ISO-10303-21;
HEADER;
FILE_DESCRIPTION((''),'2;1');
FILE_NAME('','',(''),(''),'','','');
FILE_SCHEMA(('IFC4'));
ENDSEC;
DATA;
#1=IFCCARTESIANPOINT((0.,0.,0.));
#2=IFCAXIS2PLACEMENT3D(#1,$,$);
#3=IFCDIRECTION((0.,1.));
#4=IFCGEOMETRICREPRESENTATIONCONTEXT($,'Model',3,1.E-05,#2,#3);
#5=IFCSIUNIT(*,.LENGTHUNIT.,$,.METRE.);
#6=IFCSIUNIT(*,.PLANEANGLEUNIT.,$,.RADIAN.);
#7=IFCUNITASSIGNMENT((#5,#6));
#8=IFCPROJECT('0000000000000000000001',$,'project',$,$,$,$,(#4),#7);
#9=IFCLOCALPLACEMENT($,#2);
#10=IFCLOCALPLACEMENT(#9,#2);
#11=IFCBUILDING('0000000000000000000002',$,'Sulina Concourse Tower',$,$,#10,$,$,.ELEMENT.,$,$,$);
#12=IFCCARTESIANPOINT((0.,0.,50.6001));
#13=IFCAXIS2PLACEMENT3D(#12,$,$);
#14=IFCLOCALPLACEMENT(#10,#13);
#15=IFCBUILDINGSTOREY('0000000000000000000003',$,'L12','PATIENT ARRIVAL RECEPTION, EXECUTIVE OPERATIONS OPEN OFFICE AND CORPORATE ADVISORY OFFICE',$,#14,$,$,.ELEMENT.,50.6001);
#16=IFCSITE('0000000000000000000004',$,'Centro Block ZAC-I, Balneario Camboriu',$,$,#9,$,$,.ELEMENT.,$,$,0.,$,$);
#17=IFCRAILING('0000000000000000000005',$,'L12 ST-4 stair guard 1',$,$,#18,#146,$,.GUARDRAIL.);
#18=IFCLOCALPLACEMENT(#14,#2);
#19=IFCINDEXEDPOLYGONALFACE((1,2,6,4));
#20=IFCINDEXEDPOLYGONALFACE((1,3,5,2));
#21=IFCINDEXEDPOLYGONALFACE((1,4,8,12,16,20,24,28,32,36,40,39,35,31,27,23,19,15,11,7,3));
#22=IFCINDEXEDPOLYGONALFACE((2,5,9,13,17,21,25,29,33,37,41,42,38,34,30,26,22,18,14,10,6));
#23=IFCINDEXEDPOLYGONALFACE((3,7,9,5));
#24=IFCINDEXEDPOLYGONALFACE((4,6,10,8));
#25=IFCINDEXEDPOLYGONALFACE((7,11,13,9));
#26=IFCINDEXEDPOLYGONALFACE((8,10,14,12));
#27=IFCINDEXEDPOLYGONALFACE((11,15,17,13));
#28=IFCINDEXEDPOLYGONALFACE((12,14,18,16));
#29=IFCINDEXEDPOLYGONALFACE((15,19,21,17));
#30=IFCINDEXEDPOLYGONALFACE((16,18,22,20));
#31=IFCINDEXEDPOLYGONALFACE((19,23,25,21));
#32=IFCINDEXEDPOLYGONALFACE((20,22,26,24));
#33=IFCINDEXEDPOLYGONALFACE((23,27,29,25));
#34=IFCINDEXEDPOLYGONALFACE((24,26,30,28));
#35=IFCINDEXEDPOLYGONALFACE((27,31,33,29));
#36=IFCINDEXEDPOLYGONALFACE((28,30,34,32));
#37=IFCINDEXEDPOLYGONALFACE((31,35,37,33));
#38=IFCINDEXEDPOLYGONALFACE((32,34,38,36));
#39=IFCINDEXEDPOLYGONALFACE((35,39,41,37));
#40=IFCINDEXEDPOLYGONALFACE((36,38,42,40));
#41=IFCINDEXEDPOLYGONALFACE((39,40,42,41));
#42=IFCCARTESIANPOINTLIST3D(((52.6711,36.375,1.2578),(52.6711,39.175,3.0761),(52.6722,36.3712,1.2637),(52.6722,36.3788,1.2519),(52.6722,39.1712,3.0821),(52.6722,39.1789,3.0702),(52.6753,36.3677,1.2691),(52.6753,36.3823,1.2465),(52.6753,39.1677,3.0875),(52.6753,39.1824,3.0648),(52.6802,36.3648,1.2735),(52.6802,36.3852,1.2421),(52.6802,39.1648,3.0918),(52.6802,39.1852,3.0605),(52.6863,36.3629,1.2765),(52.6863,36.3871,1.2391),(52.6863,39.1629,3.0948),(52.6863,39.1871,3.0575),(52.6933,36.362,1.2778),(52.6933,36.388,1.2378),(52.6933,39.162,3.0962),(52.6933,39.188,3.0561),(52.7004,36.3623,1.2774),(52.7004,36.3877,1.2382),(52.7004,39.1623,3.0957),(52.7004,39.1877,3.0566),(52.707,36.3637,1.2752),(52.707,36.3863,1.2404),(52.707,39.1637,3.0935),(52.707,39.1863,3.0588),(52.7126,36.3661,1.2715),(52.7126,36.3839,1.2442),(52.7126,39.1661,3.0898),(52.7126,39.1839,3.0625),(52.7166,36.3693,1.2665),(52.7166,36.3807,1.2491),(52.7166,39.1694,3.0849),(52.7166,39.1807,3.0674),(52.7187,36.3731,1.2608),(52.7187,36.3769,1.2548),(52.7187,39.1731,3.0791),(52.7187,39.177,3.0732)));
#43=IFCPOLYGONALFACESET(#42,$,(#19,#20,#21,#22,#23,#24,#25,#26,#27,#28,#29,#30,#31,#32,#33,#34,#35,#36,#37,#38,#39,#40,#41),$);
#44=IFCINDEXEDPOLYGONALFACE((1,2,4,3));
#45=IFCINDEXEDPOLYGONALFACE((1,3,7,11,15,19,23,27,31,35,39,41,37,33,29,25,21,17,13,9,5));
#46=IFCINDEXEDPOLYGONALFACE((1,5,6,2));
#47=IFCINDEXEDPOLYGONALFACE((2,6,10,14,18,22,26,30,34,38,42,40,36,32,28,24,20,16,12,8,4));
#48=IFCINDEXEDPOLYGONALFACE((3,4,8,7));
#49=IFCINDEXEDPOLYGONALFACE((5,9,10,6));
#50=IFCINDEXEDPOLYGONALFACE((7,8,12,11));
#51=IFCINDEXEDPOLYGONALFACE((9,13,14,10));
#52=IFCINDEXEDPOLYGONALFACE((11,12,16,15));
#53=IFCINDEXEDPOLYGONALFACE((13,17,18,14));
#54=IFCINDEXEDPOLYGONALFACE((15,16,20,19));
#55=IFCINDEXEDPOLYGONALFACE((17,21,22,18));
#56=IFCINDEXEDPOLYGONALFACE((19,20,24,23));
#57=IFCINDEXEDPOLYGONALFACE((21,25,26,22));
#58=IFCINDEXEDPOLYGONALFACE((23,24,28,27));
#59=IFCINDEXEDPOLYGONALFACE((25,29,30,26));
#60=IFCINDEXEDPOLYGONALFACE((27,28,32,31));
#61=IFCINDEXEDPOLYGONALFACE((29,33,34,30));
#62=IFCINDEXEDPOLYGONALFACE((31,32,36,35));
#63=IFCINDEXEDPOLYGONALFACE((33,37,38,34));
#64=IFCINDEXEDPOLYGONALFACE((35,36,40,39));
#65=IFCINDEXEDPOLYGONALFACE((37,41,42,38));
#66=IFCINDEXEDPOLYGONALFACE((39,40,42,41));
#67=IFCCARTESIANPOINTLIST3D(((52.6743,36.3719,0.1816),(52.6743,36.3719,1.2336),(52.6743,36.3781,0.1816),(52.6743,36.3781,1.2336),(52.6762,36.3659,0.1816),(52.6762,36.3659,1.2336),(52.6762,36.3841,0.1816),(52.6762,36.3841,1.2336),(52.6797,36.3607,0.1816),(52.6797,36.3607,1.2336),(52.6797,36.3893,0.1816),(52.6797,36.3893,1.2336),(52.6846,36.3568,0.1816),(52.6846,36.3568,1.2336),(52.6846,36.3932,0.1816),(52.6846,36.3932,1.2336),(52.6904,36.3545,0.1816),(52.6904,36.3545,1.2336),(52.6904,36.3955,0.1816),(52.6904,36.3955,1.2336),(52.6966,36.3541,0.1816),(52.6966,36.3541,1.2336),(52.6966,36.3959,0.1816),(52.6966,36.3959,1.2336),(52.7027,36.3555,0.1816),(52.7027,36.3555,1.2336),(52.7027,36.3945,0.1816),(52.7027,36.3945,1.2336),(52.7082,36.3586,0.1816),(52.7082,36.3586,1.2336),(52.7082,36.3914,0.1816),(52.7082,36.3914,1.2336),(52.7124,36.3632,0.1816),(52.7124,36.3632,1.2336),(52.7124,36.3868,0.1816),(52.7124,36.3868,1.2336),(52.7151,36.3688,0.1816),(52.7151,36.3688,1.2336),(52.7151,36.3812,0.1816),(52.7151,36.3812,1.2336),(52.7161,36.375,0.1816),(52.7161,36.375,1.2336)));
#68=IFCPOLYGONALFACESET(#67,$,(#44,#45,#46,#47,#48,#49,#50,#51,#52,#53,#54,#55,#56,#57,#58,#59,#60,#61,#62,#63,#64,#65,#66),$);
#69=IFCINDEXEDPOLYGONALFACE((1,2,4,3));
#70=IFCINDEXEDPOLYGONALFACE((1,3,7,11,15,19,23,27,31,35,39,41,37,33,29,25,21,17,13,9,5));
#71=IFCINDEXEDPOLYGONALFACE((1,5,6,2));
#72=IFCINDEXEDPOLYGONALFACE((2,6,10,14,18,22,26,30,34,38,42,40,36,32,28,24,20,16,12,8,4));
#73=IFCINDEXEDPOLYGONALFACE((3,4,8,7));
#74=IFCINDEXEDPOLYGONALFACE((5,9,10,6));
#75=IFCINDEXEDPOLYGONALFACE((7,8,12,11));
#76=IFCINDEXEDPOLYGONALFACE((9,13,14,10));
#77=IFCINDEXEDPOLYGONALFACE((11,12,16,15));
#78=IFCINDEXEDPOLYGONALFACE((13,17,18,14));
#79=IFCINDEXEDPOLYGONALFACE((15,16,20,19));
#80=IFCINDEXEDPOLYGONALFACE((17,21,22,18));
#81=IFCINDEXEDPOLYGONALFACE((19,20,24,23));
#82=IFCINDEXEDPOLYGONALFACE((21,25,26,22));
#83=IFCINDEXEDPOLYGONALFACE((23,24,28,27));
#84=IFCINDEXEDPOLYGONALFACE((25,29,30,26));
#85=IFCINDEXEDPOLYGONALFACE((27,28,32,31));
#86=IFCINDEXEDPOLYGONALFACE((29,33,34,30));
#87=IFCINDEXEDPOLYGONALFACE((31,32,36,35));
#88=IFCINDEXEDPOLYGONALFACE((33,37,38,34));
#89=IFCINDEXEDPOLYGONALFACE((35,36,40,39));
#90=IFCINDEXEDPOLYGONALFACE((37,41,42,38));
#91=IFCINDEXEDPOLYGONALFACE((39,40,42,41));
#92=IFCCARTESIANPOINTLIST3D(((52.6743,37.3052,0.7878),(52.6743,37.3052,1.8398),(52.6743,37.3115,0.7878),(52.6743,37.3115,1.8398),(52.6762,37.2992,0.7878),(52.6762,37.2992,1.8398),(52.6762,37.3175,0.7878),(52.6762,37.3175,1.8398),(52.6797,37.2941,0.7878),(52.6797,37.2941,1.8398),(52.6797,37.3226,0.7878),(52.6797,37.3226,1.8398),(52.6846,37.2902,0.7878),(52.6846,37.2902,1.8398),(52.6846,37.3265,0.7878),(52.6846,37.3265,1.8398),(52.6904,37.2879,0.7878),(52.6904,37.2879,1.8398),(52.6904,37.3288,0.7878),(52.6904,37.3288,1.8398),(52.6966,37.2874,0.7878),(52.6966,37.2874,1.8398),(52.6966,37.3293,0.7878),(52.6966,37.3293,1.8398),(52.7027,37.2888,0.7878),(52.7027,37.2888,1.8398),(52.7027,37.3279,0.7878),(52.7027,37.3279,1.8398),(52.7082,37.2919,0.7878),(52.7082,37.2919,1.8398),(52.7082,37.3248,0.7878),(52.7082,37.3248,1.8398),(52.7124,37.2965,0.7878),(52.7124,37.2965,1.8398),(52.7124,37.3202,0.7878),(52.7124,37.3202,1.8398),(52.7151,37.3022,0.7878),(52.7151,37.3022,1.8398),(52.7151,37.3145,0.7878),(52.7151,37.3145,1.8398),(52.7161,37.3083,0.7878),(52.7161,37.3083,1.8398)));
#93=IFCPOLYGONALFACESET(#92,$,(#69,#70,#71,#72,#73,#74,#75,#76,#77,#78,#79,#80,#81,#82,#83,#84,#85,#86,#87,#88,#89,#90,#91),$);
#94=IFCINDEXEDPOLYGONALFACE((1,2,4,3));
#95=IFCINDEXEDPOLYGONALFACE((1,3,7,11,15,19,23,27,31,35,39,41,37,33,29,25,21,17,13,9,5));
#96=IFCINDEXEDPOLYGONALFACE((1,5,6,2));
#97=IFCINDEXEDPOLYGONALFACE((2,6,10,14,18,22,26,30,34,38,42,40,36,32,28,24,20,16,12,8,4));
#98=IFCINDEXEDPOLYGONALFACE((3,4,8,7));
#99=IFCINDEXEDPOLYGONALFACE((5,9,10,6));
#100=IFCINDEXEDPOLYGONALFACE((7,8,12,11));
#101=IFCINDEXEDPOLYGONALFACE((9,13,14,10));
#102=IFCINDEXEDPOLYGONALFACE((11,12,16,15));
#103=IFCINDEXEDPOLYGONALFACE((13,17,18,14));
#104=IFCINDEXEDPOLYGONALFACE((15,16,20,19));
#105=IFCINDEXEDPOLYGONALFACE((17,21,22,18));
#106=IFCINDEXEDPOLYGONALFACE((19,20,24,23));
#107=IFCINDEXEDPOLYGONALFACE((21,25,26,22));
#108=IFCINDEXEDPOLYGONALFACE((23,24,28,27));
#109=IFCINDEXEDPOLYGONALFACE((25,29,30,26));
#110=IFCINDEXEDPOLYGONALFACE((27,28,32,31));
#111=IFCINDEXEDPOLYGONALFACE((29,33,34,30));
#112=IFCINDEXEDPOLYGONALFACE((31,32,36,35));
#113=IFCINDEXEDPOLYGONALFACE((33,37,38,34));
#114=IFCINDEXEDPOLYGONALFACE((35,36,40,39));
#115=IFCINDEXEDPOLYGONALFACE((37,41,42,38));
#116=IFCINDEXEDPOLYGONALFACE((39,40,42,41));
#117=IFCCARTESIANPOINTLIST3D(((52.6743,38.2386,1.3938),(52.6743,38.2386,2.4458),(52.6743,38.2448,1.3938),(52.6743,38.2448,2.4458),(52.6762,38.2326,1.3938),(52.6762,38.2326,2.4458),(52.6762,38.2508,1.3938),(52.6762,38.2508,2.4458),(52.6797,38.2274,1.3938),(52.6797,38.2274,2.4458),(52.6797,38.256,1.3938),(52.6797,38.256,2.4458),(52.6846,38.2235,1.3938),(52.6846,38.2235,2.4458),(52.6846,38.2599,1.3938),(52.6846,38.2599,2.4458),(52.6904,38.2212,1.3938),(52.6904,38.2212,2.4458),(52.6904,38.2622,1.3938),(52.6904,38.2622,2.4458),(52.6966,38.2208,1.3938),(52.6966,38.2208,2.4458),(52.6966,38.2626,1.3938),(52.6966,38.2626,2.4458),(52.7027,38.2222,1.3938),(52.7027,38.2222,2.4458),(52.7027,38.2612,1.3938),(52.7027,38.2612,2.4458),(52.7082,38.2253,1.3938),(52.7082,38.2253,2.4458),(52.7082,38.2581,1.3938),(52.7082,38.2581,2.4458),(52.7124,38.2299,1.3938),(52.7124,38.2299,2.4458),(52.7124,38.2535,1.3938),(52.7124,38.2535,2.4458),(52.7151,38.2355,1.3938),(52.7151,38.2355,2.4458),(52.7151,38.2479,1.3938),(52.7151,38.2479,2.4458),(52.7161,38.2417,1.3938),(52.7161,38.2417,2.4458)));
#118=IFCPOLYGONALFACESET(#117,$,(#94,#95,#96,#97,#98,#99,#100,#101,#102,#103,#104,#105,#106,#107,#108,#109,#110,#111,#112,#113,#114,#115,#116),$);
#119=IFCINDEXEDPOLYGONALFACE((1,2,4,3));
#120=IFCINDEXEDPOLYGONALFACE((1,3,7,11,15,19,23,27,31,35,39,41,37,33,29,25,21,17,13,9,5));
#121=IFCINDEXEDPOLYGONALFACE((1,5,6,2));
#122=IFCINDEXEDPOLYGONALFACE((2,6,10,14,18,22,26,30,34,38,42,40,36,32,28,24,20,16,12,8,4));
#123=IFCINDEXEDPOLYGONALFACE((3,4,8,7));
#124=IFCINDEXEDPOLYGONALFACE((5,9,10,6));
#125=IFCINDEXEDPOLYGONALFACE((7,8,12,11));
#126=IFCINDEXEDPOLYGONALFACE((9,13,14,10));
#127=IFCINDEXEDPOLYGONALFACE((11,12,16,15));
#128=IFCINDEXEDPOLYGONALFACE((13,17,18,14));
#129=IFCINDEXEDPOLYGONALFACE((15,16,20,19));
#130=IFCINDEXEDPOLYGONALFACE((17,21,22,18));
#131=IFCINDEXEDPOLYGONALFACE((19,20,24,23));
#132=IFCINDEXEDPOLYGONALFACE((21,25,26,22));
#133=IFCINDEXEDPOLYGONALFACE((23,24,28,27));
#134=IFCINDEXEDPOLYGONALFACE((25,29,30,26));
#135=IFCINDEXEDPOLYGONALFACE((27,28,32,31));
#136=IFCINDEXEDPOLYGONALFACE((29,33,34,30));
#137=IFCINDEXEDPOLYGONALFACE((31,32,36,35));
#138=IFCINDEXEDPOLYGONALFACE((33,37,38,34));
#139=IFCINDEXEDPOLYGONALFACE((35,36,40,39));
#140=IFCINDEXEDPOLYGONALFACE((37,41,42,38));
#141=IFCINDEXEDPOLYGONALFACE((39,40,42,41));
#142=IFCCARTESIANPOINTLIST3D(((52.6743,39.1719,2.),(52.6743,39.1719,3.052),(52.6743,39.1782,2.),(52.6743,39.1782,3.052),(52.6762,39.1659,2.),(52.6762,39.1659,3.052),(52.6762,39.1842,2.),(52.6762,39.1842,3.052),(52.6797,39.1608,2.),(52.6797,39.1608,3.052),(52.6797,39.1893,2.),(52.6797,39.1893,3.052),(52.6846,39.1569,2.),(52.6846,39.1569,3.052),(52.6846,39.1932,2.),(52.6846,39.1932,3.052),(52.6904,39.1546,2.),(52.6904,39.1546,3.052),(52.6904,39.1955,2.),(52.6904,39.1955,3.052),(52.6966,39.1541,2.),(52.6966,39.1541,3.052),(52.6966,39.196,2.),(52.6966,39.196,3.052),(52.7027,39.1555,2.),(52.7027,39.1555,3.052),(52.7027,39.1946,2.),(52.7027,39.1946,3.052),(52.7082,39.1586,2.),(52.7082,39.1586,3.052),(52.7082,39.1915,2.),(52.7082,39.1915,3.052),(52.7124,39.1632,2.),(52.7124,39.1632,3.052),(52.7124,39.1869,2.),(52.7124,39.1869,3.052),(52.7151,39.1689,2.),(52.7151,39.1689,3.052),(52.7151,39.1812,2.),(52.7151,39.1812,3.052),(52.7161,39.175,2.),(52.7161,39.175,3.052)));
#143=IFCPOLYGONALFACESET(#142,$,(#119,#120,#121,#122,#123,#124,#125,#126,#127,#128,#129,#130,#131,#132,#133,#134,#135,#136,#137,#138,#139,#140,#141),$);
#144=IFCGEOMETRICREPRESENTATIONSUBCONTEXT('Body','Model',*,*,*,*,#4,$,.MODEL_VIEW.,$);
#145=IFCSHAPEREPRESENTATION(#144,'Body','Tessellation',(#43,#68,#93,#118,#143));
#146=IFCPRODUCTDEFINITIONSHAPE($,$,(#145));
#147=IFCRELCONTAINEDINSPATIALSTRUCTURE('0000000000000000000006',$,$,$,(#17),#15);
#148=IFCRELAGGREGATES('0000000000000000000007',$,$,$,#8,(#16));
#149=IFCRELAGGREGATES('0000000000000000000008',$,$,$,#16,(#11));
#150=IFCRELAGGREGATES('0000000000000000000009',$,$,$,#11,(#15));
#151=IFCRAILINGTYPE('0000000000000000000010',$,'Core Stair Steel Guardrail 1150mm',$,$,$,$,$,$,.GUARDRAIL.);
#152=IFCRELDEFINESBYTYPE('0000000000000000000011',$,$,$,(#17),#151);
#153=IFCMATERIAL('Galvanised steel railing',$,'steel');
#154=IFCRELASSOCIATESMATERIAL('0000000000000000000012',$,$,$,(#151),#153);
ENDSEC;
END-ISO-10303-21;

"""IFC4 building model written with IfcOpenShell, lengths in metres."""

from ifc_helpers import new_model, si_unit, direction, frame, origin, origin_2d, place, context, subcontext, project, spatial, circle, extrude, material, type_object, element, save


model = new_model("IFC4")

# Units and contexts
model_context = context("Model", 3, precision=1e-05, world=origin(), true_north=direction((0.0, 1.0)))
body_context = subcontext(model_context, "Body", "Model", "MODEL_VIEW")
ifc_project = project(units=[si_unit("LENGTHUNIT", "METRE"), si_unit("PLANEANGLEUNIT", "RADIAN")], contexts=[model_context])

# Site, building, storey
site_placement = place(None, origin())
site = spatial("IfcSite", under=ifc_project, at=site_placement, Name="Centro Block ZAC-I, Balneario Camboriu", CompositionType="ELEMENT", RefElevation=0.0)
building_placement = place(site_placement, origin())
building = spatial("IfcBuilding", under=site, at=building_placement, Name="Sulina Concourse Tower", CompositionType="ELEMENT")
storey_placement = place(building_placement, frame((0.0, 0.0, 50.6001)))
storey = spatial("IfcBuildingStorey", under=building, at=storey_placement, Name="L12", Description="PATIENT ARRIVAL RECEPTION, EXECUTIVE OPERATIONS OPEN OFFICE AND CORPORATE ADVISORY OFFICE", CompositionType="ELEMENT", Elevation=50.6001)

# Railing
ifc_material_1 = material(Name="Galvanised steel railing", Category="steel")
railing_type_1 = type_object("IfcRailingType", Name="Core Stair Steel Guardrail 1150mm", PredefinedType="GUARDRAIL", material=ifc_material_1)
railing_1_placement = place(storey_placement, frame((52.6951, 36.375, 0.1816)))
element("IfcRailing", 1, at=railing_1_placement, inside=storey, type_object=railing_type_1, Name="L12 ST-4 stair guard 1", PredefinedType="GUARDRAIL", context=body_context, shape_type="SweptSolid", body=[
    extrude(circle(Radius=0.0239, at=origin_2d()), frame((0.0, 0.0, 1.0762), z_axis=(0.0, 0.838672, 0.544636), x_axis=(-1.0, 0.0, 0.0)), (0.0, 0.0, 1.0), 3.3386),
    extrude(circle(Radius=0.021, at=origin_2d()), origin(), (0.0, 0.0, 1.0), 1.052),
    extrude(circle(Radius=0.021, at=origin_2d()), frame((0.0, 0.9333, 0.6062)), (0.0, 0.0, 1.0), 1.052),
    extrude(circle(Radius=0.021, at=origin_2d()), frame((0.0, 1.8667, 1.2122)), (0.0, 0.0, 1.0), 1.052),
    extrude(circle(Radius=0.021, at=origin_2d()), frame((0.0, 2.8, 1.8184)), (0.0, 0.0, 1.0), 1.052),
])

save(model, "model.ifc")
